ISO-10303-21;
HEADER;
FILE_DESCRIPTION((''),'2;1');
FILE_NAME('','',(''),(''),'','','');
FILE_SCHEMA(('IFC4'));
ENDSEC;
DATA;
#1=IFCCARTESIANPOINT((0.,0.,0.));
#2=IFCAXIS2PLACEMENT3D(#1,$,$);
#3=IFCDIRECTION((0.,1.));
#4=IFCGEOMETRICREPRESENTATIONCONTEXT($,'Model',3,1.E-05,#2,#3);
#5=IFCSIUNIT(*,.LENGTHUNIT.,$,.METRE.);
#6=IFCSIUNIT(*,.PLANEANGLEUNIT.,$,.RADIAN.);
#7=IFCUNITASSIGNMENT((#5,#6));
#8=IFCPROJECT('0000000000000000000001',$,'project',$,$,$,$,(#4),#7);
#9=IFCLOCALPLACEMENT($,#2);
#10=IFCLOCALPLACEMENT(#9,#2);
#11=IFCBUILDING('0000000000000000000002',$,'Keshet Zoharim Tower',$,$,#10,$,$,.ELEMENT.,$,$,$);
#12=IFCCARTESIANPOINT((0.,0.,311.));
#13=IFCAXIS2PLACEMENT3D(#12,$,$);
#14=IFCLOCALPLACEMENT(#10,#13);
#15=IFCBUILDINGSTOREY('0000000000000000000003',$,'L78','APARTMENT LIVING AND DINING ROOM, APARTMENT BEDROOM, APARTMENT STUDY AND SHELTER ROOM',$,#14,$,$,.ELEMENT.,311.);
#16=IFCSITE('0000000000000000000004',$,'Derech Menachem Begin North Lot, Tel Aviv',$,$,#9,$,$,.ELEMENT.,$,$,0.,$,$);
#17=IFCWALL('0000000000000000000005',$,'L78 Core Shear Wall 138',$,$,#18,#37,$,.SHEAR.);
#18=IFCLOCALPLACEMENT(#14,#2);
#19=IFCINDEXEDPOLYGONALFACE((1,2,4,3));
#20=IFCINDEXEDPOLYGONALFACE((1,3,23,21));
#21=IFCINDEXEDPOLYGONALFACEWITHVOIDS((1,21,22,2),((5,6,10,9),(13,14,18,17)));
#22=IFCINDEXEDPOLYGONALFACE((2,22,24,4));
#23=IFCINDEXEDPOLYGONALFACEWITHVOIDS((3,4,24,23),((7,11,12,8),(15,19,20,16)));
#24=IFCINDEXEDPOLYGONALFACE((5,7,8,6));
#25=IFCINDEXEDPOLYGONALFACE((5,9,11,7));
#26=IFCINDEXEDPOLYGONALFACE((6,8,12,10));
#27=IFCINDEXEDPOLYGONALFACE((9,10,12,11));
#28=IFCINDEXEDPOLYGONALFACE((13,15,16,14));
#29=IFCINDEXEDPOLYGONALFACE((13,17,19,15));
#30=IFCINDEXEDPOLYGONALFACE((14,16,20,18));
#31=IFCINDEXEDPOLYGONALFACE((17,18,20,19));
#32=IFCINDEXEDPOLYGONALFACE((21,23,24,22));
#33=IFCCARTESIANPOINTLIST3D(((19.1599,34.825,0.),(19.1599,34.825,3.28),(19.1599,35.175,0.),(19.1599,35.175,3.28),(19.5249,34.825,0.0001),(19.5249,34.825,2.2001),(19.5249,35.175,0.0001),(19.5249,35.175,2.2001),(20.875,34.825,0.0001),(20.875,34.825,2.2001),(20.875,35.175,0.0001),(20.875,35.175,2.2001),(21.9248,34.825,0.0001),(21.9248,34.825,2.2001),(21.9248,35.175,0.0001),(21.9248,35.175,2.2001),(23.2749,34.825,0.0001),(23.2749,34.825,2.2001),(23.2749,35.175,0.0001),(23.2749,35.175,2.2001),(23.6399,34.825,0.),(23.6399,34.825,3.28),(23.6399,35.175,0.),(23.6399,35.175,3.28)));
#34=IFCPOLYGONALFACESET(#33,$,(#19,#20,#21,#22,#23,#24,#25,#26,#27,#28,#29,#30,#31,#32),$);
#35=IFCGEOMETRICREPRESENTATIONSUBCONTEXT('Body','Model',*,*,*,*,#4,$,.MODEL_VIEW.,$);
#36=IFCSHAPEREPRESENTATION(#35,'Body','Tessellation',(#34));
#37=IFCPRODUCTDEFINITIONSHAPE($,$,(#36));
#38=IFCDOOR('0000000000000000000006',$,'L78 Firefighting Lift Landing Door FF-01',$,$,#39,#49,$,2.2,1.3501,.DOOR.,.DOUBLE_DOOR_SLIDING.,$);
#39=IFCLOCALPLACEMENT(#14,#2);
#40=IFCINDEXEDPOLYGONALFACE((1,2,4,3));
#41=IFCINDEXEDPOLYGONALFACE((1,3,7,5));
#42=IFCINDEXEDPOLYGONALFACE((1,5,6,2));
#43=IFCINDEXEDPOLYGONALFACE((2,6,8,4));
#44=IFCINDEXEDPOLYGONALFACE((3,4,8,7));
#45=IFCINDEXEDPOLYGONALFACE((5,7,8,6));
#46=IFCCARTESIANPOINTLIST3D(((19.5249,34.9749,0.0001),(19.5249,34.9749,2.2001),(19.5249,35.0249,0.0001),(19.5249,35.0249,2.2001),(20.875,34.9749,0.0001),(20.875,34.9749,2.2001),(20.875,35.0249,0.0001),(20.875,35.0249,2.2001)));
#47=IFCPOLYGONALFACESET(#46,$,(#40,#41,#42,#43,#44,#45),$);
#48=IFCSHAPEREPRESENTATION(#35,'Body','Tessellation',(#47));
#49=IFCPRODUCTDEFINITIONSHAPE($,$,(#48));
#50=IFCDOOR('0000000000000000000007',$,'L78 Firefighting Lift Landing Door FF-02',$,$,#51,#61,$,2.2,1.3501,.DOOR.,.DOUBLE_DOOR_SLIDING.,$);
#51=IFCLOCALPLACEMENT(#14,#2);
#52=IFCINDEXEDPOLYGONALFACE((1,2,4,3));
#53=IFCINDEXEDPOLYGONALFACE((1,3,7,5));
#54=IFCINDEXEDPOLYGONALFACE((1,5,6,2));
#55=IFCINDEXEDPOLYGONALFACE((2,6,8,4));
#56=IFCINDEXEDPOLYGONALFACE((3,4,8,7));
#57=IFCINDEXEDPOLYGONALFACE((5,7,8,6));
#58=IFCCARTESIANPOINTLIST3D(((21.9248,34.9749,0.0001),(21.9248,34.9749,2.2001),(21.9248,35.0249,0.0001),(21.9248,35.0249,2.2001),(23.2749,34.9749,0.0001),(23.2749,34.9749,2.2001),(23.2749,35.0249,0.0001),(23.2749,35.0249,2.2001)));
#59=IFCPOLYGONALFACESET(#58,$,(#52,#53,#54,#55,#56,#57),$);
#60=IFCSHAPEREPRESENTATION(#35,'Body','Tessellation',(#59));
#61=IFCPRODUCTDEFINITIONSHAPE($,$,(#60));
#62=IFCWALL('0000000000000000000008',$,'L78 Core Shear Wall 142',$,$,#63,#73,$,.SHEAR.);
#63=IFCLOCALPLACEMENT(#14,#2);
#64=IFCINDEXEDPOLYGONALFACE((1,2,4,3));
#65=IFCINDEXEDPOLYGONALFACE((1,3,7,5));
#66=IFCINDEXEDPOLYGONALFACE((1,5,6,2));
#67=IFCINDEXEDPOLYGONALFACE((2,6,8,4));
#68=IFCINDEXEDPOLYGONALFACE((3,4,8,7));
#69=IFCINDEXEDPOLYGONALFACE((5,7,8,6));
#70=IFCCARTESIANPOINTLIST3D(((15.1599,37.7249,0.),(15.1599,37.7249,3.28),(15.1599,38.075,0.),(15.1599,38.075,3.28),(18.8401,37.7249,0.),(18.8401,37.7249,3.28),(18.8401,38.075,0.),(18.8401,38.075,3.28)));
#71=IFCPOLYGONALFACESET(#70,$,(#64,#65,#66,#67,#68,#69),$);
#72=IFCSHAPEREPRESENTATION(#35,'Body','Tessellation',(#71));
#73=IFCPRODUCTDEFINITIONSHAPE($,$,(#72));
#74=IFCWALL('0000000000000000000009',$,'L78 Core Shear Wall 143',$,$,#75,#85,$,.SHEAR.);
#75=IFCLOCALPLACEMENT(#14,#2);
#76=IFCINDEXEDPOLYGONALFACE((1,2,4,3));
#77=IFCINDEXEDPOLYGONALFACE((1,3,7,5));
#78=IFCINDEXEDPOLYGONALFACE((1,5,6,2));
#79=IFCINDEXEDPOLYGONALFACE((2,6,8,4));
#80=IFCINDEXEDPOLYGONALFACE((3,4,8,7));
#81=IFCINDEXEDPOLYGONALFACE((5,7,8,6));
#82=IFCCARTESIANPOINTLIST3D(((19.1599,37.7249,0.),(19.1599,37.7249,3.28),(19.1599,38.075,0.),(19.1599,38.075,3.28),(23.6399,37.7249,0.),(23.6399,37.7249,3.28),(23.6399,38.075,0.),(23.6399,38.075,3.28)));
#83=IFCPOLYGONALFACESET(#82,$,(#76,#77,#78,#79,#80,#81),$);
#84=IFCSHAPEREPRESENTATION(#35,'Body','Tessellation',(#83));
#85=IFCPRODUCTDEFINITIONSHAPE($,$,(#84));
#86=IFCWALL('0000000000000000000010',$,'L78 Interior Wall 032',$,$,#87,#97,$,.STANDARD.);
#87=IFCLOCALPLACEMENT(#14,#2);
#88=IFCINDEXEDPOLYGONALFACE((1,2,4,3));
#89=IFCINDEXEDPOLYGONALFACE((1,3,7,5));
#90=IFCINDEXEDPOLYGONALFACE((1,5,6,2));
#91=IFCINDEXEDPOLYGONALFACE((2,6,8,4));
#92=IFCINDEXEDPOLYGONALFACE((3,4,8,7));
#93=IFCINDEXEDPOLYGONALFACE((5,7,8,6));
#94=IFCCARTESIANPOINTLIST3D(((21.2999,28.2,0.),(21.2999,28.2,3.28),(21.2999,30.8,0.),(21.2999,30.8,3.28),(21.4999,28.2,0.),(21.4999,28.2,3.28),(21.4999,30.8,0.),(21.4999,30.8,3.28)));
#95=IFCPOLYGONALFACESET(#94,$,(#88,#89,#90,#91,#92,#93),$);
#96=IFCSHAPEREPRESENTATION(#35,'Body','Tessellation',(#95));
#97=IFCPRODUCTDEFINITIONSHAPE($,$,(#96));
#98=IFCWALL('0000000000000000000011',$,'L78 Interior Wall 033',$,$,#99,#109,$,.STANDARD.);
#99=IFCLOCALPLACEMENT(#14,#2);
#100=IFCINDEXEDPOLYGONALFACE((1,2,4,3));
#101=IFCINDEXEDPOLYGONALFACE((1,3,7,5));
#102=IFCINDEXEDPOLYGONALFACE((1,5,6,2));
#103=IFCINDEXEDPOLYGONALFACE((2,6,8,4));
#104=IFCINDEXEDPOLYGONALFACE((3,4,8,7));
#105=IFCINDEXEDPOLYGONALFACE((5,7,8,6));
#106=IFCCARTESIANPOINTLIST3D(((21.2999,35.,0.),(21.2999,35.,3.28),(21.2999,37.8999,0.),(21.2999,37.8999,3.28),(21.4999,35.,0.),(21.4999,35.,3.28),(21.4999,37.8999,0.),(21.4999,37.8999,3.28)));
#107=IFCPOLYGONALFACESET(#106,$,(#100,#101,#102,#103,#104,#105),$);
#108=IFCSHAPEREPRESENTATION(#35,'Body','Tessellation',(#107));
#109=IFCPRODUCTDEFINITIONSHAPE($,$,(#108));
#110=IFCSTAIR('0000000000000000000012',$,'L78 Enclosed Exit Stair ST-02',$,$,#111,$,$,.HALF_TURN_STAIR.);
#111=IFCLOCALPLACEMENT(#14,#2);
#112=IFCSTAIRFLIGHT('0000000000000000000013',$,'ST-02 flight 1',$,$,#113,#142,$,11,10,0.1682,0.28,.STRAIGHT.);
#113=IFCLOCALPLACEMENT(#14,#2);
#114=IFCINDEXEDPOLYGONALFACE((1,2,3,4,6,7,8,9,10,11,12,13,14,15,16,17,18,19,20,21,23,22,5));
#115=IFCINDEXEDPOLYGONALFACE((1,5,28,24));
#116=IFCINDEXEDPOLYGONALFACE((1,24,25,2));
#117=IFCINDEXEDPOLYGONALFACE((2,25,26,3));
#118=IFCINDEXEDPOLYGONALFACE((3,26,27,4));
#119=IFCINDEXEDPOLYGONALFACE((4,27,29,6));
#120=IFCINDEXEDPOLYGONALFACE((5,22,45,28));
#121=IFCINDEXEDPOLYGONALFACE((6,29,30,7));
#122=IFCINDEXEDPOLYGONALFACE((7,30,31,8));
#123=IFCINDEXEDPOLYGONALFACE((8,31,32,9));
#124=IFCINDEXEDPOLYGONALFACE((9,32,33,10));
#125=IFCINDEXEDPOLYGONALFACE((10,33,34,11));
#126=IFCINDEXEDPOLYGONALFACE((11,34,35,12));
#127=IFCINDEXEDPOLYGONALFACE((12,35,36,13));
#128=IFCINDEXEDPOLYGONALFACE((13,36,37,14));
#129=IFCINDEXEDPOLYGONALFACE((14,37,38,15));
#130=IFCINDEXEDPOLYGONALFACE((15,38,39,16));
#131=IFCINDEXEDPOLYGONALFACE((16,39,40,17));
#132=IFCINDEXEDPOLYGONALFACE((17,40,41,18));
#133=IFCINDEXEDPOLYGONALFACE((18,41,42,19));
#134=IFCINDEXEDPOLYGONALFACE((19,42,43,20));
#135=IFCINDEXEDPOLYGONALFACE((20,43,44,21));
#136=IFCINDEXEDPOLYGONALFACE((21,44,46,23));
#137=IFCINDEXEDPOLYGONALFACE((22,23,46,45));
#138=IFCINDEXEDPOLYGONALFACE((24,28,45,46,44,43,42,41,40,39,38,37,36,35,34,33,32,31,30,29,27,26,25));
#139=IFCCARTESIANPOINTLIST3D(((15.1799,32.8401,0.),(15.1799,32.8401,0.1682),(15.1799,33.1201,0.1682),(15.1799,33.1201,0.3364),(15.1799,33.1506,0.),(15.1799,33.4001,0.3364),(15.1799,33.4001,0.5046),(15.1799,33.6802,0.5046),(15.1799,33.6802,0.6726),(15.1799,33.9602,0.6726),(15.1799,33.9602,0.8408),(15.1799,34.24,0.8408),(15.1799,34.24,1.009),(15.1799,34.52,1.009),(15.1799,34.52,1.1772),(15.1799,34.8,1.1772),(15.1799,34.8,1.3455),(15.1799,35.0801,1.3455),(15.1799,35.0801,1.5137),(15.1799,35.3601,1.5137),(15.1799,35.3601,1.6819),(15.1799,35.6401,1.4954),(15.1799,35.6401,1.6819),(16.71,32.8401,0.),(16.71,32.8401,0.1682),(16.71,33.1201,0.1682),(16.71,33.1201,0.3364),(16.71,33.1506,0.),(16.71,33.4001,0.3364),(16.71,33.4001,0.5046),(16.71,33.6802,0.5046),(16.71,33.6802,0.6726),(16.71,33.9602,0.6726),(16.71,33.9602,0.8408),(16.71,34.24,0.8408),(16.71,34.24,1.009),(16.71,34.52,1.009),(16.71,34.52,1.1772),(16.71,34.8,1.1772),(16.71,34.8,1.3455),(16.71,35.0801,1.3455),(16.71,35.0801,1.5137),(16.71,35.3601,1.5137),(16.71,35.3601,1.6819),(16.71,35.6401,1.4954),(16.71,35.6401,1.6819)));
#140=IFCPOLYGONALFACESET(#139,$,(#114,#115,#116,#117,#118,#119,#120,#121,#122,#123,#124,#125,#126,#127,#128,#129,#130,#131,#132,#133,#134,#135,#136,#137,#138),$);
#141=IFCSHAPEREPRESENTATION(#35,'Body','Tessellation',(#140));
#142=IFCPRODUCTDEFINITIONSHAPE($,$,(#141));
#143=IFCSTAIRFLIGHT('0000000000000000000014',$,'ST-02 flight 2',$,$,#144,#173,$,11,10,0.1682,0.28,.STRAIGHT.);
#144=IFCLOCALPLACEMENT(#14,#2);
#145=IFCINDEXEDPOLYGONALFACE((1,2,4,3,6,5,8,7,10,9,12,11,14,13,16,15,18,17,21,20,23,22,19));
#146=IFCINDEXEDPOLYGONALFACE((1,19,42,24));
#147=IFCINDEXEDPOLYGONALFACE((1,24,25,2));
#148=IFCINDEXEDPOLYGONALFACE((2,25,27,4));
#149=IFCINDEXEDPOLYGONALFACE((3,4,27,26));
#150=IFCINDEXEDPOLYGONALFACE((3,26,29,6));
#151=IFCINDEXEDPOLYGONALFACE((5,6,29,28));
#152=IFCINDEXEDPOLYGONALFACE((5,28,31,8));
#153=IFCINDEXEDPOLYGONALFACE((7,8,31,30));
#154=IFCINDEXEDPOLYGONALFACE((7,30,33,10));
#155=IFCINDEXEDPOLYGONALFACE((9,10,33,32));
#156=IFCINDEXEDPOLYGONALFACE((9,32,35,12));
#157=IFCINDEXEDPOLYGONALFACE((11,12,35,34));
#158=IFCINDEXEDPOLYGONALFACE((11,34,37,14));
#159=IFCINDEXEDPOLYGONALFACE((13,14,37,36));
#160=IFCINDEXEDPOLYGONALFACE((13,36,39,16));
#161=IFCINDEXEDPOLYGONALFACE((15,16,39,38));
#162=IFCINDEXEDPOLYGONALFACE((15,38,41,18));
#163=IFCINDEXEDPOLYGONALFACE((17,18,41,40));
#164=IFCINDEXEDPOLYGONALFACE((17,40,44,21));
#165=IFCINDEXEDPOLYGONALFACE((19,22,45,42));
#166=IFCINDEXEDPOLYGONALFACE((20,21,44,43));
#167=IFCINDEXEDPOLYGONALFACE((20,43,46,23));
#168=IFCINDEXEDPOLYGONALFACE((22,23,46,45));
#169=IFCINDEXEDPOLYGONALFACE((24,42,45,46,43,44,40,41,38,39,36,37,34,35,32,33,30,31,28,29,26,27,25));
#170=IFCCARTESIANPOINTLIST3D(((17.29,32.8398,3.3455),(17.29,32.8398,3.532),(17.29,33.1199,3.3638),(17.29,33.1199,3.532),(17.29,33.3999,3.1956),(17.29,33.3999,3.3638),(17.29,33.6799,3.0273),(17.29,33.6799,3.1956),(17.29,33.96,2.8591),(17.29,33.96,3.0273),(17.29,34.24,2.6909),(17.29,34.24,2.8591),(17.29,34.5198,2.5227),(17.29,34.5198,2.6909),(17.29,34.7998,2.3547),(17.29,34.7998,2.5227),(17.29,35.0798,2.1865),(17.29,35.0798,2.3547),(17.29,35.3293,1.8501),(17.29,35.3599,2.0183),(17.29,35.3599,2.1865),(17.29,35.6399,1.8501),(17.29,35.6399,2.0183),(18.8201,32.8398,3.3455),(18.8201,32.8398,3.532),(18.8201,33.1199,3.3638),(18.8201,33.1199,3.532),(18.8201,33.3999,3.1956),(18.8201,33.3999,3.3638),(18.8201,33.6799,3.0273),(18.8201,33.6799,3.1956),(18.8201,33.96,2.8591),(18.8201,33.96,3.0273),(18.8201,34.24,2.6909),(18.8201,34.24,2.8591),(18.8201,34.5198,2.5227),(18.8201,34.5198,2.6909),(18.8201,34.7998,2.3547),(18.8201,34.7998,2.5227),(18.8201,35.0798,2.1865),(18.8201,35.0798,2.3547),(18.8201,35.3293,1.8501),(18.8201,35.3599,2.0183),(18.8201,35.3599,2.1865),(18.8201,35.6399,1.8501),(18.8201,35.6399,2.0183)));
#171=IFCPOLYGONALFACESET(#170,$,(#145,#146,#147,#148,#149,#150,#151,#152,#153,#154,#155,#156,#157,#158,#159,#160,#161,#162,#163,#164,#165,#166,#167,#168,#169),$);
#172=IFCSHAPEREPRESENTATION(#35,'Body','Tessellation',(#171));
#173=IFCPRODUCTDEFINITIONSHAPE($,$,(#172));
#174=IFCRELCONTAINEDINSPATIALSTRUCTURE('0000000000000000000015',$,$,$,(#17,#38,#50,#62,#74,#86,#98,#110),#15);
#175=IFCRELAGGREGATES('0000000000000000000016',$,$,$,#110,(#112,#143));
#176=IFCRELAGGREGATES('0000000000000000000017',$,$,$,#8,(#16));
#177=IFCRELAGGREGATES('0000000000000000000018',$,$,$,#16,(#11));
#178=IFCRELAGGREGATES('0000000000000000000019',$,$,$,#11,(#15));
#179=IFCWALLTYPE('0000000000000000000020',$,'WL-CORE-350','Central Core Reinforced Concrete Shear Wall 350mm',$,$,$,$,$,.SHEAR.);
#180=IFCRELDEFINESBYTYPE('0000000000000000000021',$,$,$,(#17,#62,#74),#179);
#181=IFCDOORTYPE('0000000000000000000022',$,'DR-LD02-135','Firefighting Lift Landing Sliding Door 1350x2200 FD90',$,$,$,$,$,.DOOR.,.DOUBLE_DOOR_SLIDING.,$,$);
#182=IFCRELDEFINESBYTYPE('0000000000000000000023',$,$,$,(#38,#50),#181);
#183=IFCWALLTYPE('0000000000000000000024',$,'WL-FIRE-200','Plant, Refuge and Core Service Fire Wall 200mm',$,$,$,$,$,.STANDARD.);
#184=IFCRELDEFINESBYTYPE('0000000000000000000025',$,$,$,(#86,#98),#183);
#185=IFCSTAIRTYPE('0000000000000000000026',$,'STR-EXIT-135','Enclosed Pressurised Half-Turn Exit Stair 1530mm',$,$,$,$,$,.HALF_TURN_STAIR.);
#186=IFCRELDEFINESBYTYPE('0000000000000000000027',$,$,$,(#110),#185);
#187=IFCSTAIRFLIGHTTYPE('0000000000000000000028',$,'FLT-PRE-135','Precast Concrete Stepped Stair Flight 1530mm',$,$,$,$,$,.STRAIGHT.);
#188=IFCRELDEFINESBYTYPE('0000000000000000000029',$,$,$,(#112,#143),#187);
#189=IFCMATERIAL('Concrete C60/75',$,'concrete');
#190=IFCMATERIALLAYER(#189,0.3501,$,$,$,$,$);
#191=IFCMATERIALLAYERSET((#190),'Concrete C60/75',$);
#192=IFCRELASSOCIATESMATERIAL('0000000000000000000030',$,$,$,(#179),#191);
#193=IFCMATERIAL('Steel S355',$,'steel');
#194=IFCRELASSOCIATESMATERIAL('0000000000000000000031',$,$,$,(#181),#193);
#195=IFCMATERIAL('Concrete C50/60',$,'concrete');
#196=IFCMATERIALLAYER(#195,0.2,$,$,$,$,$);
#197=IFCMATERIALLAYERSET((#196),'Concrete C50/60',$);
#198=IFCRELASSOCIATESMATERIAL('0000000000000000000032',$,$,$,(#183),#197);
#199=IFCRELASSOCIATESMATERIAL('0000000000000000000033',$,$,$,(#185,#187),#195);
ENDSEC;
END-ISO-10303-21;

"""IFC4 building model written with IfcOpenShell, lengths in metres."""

from ifc_helpers import new_model, si_unit, direction, frame, frame_2d, origin, place, context, subcontext, project, spatial, polyline, rectangle, outline, extrude, material, layer, layer_set, type_object, element, fill, aggregate, save


model = new_model("IFC4")

# Units and contexts
model_context = context("Model", 3, precision=1e-05, world=origin(), true_north=direction((0.0, 1.0)))
body_context = subcontext(model_context, "Body", "Model", "MODEL_VIEW")
ifc_project = project(units=[si_unit("LENGTHUNIT", "METRE"), si_unit("PLANEANGLEUNIT", "RADIAN")], contexts=[model_context])

# Site, building, storey
site_placement = place(None, origin())
site = spatial("IfcSite", under=ifc_project, at=site_placement, Name="Derech Menachem Begin North Lot, Tel Aviv", CompositionType="ELEMENT", RefElevation=0.0)
building_placement = place(site_placement, origin())
building = spatial("IfcBuilding", under=site, at=building_placement, Name="Keshet Zoharim Tower", CompositionType="ELEMENT")
storey_placement = place(building_placement, frame((0.0, 0.0, 311.0)))
storey = spatial("IfcBuildingStorey", under=building, at=storey_placement, Name="L78", Description="APARTMENT LIVING AND DINING ROOM, APARTMENT BEDROOM, APARTMENT STUDY AND SHELTER ROOM", CompositionType="ELEMENT", Elevation=311.0)

# Shared definitions
ifc_material_1 = material(Name="Concrete C60/75", Category="concrete")
ifc_layer_1 = layer(ifc_material_1, 0.3501)
ifc_layer_set_1 = layer_set([ifc_layer_1], Name="Concrete C60/75")
wall_type_1 = type_object("IfcWallType", Name="WL-CORE-350", Description="Central Core Reinforced Concrete Shear Wall 350mm", PredefinedType="SHEAR", material=ifc_layer_set_1)

# Shared definitions
ifc_material_2 = material(Name="Steel S355", Category="steel")

# Wall, openings, doors
wall_1_placement = place(storey_placement, frame((19.1599, 35.0, 0.0), z_axis=(0.0, 0.0, 1.0), x_axis=(1.0, 0.0, 0.0)))
wall_1 = element("IfcWall", 1, at=wall_1_placement, inside=storey, type_object=wall_type_1, Name="L78 Core Shear Wall 138", PredefinedType="SHEAR", context=body_context, shape_type="SweptSolid", body=[
    extrude(rectangle(XDim=4.48, YDim=0.3501, at=frame_2d((2.24, 0.0))), origin(), (0.0, 0.0, 1.0), 3.28),
])
opening_1_placement = place(wall_1_placement, frame((0.365, 0.0, 0.0)))
opening_1 = element("IfcOpeningElement", 2, at=opening_1_placement, cuts=wall_1, PredefinedType="OPENING", context=body_context, shape_type="SweptSolid", body=[
    extrude(rectangle(XDim=1.3501, YDim=2.2, at=frame_2d((0.675, 1.1001))), frame((0.0, 0.1851, 0.0), z_axis=(0.0, -1.0, 0.0), x_axis=(1.0, 0.0, 0.0)), (0.0, 0.0, 1.0), 0.3701),
])
opening_2_placement = place(wall_1_placement, frame((2.7649, 0.0, 0.0)))
opening_2 = element("IfcOpeningElement", 3, at=opening_2_placement, cuts=wall_1, PredefinedType="OPENING", context=body_context, shape_type="SweptSolid", body=[
    extrude(rectangle(XDim=1.3501, YDim=2.2, at=frame_2d((0.675, 1.1001))), frame((0.0, 0.1851, 0.0), z_axis=(0.0, -1.0, 0.0), x_axis=(1.0, 0.0, 0.0)), (0.0, 0.0, 1.0), 0.3701),
])
door_type_1 = type_object("IfcDoorType", Name="DR-LD02-135", Description="Firefighting Lift Landing Sliding Door 1350x2200 FD90", OperationType="DOUBLE_DOOR_SLIDING", PredefinedType="DOOR", material=ifc_material_2)
door_1_placement = place(opening_1_placement, origin())
door_1 = element("IfcDoor", 4, at=door_1_placement, inside=storey, type_object=door_type_1, Name="L78 Firefighting Lift Landing Door FF-01", OperationType="DOUBLE_DOOR_SLIDING", OverallHeight=2.2, OverallWidth=1.3501, PredefinedType="DOOR", context=body_context, shape_type="SweptSolid", body=[
    extrude(rectangle(XDim=1.3501, YDim=2.2, at=frame_2d((0.675, 1.1001))), frame((0.0, 0.0249, 0.0), z_axis=(0.0, -1.0, 0.0), x_axis=(1.0, 0.0, 0.0)), (0.0, 0.0, 1.0), 0.05),
])
fill(opening_1, door_1)
door_2_placement = place(opening_2_placement, origin())
door_2 = element("IfcDoor", 5, at=door_2_placement, inside=storey, type_object=door_type_1, Name="L78 Firefighting Lift Landing Door FF-02", OperationType="DOUBLE_DOOR_SLIDING", OverallHeight=2.2, OverallWidth=1.3501, PredefinedType="DOOR", context=body_context, shape_type="SweptSolid", body=[
    extrude(rectangle(XDim=1.3501, YDim=2.2, at=frame_2d((0.675, 1.1001))), frame((0.0, 0.0249, 0.0), z_axis=(0.0, -1.0, 0.0), x_axis=(1.0, 0.0, 0.0)), (0.0, 0.0, 1.0), 0.05),
])
fill(opening_2, door_2)

# Walls
wall_2_placement = place(storey_placement, frame((15.1599, 37.8999, 0.0), z_axis=(0.0, 0.0, 1.0), x_axis=(1.0, 0.0, 0.0)))
element("IfcWall", 6, at=wall_2_placement, inside=storey, type_object=wall_type_1, Name="L78 Core Shear Wall 142", PredefinedType="SHEAR", context=body_context, shape_type="SweptSolid", body=[
    extrude(rectangle(XDim=3.6802, YDim=0.3501, at=frame_2d((1.8401, 0.0))), origin(), (0.0, 0.0, 1.0), 3.28),
])
wall_3_placement = place(storey_placement, frame((19.1599, 37.8999, 0.0), z_axis=(0.0, 0.0, 1.0), x_axis=(1.0, 0.0, 0.0)))
element("IfcWall", 7, at=wall_3_placement, inside=storey, type_object=wall_type_1, Name="L78 Core Shear Wall 143", PredefinedType="SHEAR", context=body_context, shape_type="SweptSolid", body=[
    extrude(rectangle(XDim=4.48, YDim=0.3501, at=frame_2d((2.24, 0.0))), origin(), (0.0, 0.0, 1.0), 3.28),
])
ifc_material_3 = material(Name="Concrete C50/60", Category="concrete")
ifc_layer_2 = layer(ifc_material_3, 0.2)
ifc_layer_set_2 = layer_set([ifc_layer_2], Name="Concrete C50/60")
wall_type_2 = type_object("IfcWallType", Name="WL-FIRE-200", Description="Plant, Refuge and Core Service Fire Wall 200mm", PredefinedType="STANDARD", material=ifc_layer_set_2)
wall_4_placement = place(storey_placement, frame((21.3999, 28.2, 0.0), z_axis=(0.0, 0.0, 1.0), x_axis=(0.0, 1.0, 0.0)))
element("IfcWall", 8, at=wall_4_placement, inside=storey, type_object=wall_type_2, Name="L78 Interior Wall 032", PredefinedType="STANDARD", context=body_context, shape_type="SweptSolid", body=[
    extrude(rectangle(XDim=2.6001, YDim=0.2, at=frame_2d((1.3, 0.0))), origin(), (0.0, 0.0, 1.0), 3.28),
])
wall_5_placement = place(storey_placement, frame((21.3999, 35.0, 0.0), z_axis=(0.0, 0.0, 1.0), x_axis=(0.0, 1.0, 0.0)))
element("IfcWall", 9, at=wall_5_placement, inside=storey, type_object=wall_type_2, Name="L78 Interior Wall 033", PredefinedType="STANDARD", context=body_context, shape_type="SweptSolid", body=[
    extrude(rectangle(XDim=2.8999, YDim=0.2, at=frame_2d((1.45, 0.0))), origin(), (0.0, 0.0, 1.0), 3.28),
])

# Stair, stair flights
stair_type = type_object("IfcStairType", Name="STR-EXIT-135", Description="Enclosed Pressurised Half-Turn Exit Stair 1530mm", PredefinedType="HALF_TURN_STAIR", material=ifc_material_3)
stair_placement = place(storey_placement, origin())
stair = element("IfcStair", 10, at=stair_placement, inside=storey, type_object=stair_type, Name="L78 Enclosed Exit Stair ST-02", PredefinedType="HALF_TURN_STAIR")
stair_flight_type = type_object("IfcStairFlightType", Name="FLT-PRE-135", Description="Precast Concrete Stepped Stair Flight 1530mm", PredefinedType="STRAIGHT", material=ifc_material_3)
stair_flight_1_placement = place(storey_placement, frame((15.9451, 32.8401, 0.0), z_axis=(0.0, 0.0, 1.0), x_axis=(0.0, 1.0, 0.0)))
stair_flight_1 = element("IfcStairFlight", 11, at=stair_flight_1_placement, type_object=stair_flight_type, Name="ST-02 flight 1", NumberOfRisers=11, NumberOfTreads=10, PredefinedType="STRAIGHT", RiserHeight=0.1682, TreadLength=0.28, context=body_context, shape_type="SweptSolid", body=[
    extrude(outline(polyline([(0.0, 0.0), (0.0, 0.1682), (0.28, 0.1682), (0.28, 0.3364), (0.5601, 0.3364), (0.5601, 0.5046), (0.8401, 0.5046), (0.8401, 0.6726), (1.1201, 0.6726), (1.1201, 0.8408), (1.3999, 0.8408), (1.3999, 1.009), (1.6799, 1.009), (1.6799, 1.1772), (1.96, 1.1772), (1.96, 1.3455), (2.24, 1.3455), (2.24, 1.5137), (2.52, 1.5137), (2.52, 1.6819), (2.8, 1.6819), (2.8, 1.8501), (2.8, 1.4954), (0.3105, 0.0), (0.0, 0.0)])), frame((0.0, 0.7651, 0.0), z_axis=(0.0, -1.0, 0.0), x_axis=(1.0, 0.0, 0.0)), (0.0, 0.0, 1.0), 1.53),
])
stair_flight_2_placement = place(storey_placement, frame((18.0549, 35.6399, 1.8501), z_axis=(0.0, 0.0, 1.0), x_axis=(0.0, -1.0, 0.0)))
stair_flight_2 = element("IfcStairFlight", 12, at=stair_flight_2_placement, type_object=stair_flight_type, Name="ST-02 flight 2", NumberOfRisers=11, NumberOfTreads=10, PredefinedType="STRAIGHT", RiserHeight=0.1682, TreadLength=0.28, context=body_context, shape_type="SweptSolid", body=[
    extrude(outline(polyline([(0.0, 0.0), (0.0, 0.1682), (0.28, 0.1682), (0.28, 0.3364), (0.5601, 0.3364), (0.5601, 0.5046), (0.8401, 0.5046), (0.8401, 0.6726), (1.1201, 0.6726), (1.1201, 0.8408), (1.3999, 0.8408), (1.3999, 1.009), (1.6799, 1.009), (1.6799, 1.1772), (1.96, 1.1772), (1.96, 1.3455), (2.24, 1.3455), (2.24, 1.5137), (2.52, 1.5137), (2.52, 1.6819), (2.8, 1.6819), (2.8, 1.8501), (2.8, 1.4954), (0.3105, 0.0), (0.0, 0.0)])), frame((0.0, 0.7651, 0.0), z_axis=(0.0, -1.0, 0.0), x_axis=(1.0, 0.0, 0.0)), (0.0, 0.0, 1.0), 1.53),
])
aggregate(stair, [stair_flight_1, stair_flight_2])

save(model, "model.ifc")
